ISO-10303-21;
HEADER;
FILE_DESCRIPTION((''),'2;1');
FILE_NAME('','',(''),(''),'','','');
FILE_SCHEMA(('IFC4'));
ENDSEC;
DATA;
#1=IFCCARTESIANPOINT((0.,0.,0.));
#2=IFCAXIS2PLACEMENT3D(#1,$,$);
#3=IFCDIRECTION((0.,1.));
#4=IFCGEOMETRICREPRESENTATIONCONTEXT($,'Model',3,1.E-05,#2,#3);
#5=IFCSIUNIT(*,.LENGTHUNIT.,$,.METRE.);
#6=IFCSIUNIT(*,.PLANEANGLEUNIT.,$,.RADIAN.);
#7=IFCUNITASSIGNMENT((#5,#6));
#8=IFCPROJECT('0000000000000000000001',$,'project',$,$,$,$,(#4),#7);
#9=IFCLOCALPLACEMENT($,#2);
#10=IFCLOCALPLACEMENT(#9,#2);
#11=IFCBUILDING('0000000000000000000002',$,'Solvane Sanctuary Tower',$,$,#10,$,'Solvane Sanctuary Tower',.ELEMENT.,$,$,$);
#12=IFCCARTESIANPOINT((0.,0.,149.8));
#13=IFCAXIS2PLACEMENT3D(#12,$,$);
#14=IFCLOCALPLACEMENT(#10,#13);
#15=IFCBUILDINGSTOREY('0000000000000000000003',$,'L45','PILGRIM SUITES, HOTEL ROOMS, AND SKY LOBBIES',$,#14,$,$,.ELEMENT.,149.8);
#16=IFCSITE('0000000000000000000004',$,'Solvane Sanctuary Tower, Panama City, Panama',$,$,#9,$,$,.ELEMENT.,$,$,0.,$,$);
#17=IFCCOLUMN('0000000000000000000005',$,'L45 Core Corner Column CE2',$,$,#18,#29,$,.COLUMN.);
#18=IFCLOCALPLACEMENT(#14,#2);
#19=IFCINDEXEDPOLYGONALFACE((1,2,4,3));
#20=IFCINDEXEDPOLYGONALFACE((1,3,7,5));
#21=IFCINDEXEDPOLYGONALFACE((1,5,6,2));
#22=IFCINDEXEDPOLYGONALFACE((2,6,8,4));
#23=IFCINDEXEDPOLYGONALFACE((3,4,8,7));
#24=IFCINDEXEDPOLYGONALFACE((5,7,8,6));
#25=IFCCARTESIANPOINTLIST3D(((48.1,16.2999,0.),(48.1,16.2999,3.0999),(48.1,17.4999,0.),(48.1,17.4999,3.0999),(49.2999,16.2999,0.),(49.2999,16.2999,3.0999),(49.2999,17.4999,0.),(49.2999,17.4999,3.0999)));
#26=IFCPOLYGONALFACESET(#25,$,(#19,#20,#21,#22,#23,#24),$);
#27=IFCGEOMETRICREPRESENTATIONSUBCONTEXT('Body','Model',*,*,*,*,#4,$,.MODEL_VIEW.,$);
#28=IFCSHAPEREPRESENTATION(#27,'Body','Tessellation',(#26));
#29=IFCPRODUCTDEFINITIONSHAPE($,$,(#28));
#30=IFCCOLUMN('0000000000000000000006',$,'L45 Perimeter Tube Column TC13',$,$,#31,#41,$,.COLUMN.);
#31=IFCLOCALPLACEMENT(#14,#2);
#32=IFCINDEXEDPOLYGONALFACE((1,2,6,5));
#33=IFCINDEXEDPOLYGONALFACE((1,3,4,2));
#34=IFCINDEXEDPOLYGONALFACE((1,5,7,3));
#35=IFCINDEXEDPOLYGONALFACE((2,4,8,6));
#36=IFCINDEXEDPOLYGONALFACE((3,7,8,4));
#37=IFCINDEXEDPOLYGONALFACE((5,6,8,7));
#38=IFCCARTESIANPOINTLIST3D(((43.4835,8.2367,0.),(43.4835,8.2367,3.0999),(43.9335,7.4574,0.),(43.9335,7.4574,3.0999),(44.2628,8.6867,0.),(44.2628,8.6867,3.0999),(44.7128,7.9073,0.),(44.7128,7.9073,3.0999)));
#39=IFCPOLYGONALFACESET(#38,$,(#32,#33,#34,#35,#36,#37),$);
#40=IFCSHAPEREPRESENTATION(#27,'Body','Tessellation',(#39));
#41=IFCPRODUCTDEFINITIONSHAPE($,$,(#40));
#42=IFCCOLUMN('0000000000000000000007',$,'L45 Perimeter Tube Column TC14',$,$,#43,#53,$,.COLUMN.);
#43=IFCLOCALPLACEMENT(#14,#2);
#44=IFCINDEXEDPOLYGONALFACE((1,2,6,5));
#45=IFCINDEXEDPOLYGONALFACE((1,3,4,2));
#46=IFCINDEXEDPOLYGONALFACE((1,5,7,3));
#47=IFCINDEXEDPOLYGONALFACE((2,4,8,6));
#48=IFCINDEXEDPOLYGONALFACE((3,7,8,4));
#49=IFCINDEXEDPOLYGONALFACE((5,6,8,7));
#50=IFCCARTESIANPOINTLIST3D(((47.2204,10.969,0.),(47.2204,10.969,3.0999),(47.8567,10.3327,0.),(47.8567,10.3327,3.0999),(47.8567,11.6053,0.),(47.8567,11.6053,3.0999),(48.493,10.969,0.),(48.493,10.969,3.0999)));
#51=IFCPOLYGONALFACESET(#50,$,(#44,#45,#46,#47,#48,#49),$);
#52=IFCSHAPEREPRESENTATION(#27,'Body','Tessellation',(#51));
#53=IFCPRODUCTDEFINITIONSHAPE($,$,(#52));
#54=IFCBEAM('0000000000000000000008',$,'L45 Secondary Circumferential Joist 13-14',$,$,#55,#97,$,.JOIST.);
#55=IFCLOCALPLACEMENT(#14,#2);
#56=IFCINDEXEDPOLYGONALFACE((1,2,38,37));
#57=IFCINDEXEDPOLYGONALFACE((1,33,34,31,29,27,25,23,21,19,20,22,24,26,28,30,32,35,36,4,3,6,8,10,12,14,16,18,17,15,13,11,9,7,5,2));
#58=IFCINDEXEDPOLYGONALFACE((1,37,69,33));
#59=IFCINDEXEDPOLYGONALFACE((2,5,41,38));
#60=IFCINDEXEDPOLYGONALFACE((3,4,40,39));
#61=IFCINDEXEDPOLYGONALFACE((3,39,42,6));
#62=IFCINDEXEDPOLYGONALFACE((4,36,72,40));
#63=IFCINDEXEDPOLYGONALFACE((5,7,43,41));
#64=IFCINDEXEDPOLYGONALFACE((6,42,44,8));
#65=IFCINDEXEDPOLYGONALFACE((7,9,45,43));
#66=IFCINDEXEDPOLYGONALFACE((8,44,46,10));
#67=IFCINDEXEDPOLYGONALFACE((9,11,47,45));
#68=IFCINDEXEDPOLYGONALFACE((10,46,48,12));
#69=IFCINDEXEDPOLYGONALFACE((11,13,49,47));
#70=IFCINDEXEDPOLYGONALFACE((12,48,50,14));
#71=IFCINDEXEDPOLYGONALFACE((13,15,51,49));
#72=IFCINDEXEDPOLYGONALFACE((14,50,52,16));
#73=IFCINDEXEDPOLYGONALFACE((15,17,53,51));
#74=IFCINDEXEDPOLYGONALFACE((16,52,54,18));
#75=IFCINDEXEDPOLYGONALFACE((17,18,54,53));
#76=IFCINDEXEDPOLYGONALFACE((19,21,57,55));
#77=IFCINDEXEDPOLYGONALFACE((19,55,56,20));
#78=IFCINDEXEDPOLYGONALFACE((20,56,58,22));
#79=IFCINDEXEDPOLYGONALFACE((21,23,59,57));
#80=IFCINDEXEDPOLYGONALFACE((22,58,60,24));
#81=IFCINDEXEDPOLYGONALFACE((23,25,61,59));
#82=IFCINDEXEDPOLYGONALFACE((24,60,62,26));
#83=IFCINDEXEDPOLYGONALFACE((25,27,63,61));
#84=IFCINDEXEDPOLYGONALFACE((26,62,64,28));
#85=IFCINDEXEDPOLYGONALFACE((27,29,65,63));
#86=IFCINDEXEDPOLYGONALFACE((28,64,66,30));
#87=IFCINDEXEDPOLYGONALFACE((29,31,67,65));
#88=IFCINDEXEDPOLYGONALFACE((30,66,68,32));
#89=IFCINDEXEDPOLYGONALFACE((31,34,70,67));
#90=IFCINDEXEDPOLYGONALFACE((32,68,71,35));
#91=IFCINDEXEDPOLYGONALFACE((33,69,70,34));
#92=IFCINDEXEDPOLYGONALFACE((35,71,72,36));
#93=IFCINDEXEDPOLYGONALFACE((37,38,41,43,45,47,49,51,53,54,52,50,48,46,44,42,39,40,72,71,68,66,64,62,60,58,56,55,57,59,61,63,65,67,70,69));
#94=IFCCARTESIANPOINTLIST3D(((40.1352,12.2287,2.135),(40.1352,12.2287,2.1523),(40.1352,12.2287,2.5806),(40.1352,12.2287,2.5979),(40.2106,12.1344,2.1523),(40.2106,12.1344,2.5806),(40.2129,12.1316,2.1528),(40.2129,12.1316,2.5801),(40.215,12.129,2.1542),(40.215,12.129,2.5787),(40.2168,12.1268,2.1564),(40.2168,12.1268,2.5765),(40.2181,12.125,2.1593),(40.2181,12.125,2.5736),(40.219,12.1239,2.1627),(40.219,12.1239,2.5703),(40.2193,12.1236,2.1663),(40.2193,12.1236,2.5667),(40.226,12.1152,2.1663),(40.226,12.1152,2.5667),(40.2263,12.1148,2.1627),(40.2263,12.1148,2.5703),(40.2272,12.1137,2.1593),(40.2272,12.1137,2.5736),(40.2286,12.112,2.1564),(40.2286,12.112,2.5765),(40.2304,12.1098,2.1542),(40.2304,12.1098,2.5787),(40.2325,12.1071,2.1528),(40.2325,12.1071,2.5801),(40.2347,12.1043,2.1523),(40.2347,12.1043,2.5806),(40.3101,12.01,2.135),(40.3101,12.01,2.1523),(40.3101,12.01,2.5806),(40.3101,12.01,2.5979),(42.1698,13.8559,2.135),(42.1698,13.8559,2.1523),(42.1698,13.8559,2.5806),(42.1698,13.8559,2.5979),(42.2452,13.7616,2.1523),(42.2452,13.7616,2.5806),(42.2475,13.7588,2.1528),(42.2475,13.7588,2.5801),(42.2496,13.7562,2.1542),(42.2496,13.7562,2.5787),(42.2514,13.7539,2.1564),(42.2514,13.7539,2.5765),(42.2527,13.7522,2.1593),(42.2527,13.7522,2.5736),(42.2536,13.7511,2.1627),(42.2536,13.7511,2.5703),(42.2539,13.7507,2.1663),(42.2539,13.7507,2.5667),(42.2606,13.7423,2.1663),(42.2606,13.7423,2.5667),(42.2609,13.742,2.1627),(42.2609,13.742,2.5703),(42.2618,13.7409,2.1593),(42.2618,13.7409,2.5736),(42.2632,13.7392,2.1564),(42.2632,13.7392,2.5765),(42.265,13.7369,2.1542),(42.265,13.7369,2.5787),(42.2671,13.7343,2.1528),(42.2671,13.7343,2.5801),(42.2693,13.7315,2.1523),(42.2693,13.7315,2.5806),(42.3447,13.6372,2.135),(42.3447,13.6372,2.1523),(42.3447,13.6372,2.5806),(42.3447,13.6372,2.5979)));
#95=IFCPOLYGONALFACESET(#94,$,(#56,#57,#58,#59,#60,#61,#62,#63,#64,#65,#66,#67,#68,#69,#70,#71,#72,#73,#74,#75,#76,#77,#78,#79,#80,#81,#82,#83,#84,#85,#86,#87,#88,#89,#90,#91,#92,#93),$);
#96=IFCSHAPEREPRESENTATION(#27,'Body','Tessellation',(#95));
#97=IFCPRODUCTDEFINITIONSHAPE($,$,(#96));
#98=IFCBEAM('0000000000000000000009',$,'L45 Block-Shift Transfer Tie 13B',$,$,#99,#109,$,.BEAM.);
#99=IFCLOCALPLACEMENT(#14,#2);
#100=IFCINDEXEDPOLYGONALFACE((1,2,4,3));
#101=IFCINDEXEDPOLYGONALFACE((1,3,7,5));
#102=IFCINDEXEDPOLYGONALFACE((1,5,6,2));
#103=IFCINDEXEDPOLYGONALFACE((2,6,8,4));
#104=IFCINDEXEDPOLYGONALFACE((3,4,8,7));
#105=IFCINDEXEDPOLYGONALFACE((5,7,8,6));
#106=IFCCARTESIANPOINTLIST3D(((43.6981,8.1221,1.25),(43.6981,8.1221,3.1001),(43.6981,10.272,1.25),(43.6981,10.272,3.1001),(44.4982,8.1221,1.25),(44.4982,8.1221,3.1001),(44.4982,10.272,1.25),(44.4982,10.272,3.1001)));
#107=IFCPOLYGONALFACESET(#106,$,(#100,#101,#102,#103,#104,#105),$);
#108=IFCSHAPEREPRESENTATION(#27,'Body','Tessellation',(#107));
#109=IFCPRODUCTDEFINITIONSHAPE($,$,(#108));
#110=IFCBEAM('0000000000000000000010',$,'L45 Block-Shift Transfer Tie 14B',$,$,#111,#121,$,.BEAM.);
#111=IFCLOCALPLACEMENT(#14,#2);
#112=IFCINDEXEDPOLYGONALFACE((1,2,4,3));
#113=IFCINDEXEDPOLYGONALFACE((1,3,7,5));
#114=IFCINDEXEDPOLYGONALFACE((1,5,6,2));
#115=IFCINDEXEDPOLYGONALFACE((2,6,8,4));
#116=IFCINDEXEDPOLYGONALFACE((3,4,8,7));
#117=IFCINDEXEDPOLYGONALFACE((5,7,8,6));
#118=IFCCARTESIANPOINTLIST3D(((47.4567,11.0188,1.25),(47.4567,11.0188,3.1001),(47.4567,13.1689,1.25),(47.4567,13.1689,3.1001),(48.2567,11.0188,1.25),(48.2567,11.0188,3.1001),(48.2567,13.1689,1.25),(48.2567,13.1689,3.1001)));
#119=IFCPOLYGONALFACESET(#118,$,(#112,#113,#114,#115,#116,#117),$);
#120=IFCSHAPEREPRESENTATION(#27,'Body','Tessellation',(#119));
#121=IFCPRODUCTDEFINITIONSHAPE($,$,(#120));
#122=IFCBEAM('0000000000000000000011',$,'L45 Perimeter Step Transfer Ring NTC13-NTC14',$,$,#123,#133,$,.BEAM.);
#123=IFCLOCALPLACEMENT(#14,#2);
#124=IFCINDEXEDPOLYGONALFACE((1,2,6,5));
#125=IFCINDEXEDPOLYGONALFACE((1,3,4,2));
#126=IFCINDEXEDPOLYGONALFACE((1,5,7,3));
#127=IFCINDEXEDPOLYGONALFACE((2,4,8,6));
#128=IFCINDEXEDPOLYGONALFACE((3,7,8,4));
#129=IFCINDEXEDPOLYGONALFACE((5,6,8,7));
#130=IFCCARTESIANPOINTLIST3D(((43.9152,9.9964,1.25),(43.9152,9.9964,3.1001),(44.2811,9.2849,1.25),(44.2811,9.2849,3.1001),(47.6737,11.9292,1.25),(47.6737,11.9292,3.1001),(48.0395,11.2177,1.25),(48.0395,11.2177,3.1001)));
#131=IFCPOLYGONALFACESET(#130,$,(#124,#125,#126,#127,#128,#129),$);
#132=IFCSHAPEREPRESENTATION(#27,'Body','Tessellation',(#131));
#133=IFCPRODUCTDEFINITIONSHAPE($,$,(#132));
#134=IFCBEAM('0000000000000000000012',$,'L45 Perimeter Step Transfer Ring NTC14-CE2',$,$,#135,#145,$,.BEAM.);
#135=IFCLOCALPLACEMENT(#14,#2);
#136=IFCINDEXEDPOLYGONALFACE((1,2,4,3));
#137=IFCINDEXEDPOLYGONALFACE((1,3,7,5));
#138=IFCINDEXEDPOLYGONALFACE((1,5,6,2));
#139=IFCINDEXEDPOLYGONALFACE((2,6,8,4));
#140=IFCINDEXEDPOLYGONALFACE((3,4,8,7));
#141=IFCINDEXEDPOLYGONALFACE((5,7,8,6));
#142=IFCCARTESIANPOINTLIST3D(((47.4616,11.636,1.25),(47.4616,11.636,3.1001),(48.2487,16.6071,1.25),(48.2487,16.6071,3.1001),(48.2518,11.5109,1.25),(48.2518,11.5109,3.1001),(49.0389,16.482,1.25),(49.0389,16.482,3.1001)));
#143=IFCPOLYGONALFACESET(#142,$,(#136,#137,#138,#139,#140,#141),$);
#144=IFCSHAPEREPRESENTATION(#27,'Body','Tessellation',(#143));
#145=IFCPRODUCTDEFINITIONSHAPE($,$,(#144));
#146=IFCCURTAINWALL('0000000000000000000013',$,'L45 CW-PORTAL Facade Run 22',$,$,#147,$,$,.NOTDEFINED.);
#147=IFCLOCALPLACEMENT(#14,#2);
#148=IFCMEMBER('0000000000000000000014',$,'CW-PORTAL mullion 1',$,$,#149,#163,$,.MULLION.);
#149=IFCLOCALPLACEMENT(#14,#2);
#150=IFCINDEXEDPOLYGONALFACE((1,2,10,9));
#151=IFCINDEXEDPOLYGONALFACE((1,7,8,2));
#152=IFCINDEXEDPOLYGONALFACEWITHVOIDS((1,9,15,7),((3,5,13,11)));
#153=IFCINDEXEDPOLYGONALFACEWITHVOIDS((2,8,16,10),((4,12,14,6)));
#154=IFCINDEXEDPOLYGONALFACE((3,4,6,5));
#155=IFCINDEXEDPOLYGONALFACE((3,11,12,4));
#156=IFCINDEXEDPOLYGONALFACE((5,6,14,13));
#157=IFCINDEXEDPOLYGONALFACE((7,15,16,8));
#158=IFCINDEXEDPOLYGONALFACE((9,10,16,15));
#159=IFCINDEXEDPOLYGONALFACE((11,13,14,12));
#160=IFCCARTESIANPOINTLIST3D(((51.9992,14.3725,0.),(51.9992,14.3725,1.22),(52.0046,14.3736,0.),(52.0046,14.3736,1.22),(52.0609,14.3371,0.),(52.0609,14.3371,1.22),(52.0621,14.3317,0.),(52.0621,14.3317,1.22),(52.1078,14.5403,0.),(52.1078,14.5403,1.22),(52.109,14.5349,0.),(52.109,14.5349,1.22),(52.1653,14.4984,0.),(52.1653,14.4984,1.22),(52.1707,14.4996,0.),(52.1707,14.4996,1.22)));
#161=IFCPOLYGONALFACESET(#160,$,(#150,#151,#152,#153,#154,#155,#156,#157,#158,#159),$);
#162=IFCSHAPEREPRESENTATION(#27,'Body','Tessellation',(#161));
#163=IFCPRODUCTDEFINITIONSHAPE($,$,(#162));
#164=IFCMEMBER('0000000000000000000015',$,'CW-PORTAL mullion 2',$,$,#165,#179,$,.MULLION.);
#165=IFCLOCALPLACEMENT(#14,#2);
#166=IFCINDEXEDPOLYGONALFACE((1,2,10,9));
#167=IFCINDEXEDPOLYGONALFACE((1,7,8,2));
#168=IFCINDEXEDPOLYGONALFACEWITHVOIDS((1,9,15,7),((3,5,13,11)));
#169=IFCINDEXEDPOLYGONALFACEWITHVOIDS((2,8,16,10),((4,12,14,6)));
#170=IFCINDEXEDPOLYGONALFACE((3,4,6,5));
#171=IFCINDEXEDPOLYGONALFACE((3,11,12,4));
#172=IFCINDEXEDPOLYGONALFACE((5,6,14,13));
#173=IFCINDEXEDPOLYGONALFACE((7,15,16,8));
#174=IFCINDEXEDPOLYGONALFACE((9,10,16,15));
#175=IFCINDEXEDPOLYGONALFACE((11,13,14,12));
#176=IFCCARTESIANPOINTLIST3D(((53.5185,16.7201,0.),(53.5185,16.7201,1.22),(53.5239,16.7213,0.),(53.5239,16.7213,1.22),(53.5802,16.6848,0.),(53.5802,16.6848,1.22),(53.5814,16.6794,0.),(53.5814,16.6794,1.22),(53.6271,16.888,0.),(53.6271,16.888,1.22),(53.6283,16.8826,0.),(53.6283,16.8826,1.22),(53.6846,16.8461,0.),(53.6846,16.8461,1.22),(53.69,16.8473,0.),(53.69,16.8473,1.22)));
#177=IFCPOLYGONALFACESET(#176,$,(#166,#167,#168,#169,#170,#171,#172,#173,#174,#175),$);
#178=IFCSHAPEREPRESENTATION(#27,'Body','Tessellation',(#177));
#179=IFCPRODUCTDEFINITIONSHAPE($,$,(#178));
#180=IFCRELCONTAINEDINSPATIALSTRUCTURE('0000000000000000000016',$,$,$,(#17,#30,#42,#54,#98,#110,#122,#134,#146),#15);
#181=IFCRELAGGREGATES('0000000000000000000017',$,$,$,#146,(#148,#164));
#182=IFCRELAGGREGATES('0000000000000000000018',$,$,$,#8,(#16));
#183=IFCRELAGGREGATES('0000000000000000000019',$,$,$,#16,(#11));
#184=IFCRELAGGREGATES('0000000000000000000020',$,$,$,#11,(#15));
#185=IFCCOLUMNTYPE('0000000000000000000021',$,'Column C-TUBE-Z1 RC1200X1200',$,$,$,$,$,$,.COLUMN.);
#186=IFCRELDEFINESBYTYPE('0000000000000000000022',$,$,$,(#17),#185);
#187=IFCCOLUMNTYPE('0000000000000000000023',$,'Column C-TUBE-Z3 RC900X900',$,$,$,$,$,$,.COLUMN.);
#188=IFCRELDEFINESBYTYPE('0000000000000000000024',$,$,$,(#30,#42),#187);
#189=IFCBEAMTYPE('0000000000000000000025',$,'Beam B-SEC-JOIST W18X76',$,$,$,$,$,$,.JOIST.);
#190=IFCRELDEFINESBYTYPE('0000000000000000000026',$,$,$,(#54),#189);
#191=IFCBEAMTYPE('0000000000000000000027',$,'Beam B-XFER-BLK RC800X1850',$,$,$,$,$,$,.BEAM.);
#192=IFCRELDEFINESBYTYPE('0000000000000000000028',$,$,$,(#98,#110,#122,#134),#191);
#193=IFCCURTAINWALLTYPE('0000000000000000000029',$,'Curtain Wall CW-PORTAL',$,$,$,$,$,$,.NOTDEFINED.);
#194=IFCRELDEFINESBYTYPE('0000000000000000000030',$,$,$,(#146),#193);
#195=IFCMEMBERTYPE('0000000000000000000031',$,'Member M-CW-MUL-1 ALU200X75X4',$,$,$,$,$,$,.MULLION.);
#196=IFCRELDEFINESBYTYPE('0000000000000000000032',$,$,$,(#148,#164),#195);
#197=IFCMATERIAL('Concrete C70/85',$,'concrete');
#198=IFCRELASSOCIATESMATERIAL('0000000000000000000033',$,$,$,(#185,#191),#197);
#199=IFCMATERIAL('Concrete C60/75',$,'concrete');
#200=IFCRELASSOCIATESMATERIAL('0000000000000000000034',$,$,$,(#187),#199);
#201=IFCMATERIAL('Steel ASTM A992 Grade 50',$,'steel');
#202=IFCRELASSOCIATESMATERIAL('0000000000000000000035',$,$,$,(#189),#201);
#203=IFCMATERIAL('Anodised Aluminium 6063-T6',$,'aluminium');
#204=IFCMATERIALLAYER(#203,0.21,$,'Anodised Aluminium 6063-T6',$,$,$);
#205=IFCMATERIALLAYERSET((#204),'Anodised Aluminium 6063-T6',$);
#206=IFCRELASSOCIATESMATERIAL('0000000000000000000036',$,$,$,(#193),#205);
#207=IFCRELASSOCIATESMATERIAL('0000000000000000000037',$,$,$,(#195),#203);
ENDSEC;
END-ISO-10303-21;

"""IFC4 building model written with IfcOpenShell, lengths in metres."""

from ifc_helpers import new_model, si_unit, direction, frame, origin, origin_2d, place, context, subcontext, project, spatial, rectangle, hollow_rectangle, i_section, extrude, material, layer, layer_set, material_profile, profile_set, type_object, element, aggregate, save


model = new_model("IFC4")

# Units and contexts
model_context = context("Model", 3, precision=1e-05, world=origin(), true_north=direction((0.0, 1.0)))
body_context = subcontext(model_context, "Body", "Model", "MODEL_VIEW")
ifc_project = project(units=[si_unit("LENGTHUNIT", "METRE"), si_unit("PLANEANGLEUNIT", "RADIAN")], contexts=[model_context])

# Site, building, storey
site_placement = place(None, origin())
site = spatial("IfcSite", under=ifc_project, at=site_placement, Name="Solvane Sanctuary Tower, Panama City, Panama", CompositionType="ELEMENT", RefElevation=0.0)
building_placement = place(site_placement, origin())
building = spatial("IfcBuilding", under=site, at=building_placement, Name="Solvane Sanctuary Tower", LongName="Solvane Sanctuary Tower", CompositionType="ELEMENT")
storey_placement = place(building_placement, frame((0.0, 0.0, 149.8)))
storey = spatial("IfcBuildingStorey", under=building, at=storey_placement, Name="L45", Description="PILGRIM SUITES, HOTEL ROOMS, AND SKY LOBBIES", CompositionType="ELEMENT", Elevation=149.8)

# Columns
ifc_material_1 = material(Name="Concrete C70/85", Category="concrete")
ifc_material_profile_1 = material_profile(ifc_material_1, rectangle(XDim=1.2, YDim=1.2, at=origin_2d()), Name="RC1200X1200")
ifc_profile_set_1 = profile_set([ifc_material_profile_1], Name="Concrete C70/85")
column_type_1 = type_object("IfcColumnType", Name="Column C-TUBE-Z1 RC1200X1200", PredefinedType="COLUMN", material=ifc_profile_set_1)
column_placement = place(storey_placement, frame((48.7, 16.8999, 0.0), z_axis=(0.0, 0.0, 1.0), x_axis=(1.0, 0.0, 0.0)))
element("IfcColumn", 1, at=column_placement, inside=storey, type_object=column_type_1, Name="L45 Core Corner Column CE2", PredefinedType="COLUMN", context=body_context, shape_type="SweptSolid", body=[
    extrude(rectangle(XDim=1.2, YDim=1.2, at=origin_2d()), origin(), (0.0, 0.0, 1.0), 3.0999),
])
ifc_material_2 = material(Name="Concrete C60/75", Category="concrete")
ifc_material_profile_2 = material_profile(ifc_material_2, rectangle(XDim=0.8999, YDim=0.8999, at=origin_2d()), Name="RC900X900")
ifc_profile_set_2 = profile_set([ifc_material_profile_2], Name="Concrete C60/75")
column_type_2 = type_object("IfcColumnType", Name="Column C-TUBE-Z3 RC900X900", PredefinedType="COLUMN", material=ifc_profile_set_2)
for number, where, z_axis, x_axis, name in (
    (2, (44.0981, 8.072, 0.0), (0.0, 0.0, 1.0), (0.5, -0.866025, 0.0), "L45 Perimeter Tube Column TC13"),
    (3, (47.8567, 10.969, 0.0), (0.0, 0.0, 1.0), (0.707107, -0.707107, 0.0), "L45 Perimeter Tube Column TC14"),
):
    element("IfcColumn", number, at=place(storey_placement, frame(where, z_axis=z_axis, x_axis=x_axis)), inside=storey, type_object=column_type_2, Name=name, PredefinedType="COLUMN", context=body_context, shape_type="SweptSolid", body=[
        extrude(rectangle(XDim=0.8999, YDim=0.8999, at=origin_2d()), origin(), (0.0, 0.0, 1.0), 3.0999),
    ])

# Beams
ifc_material_3 = material(Name="Steel ASTM A992 Grade 50", Category="steel")
ifc_material_profile_3 = material_profile(ifc_material_3, i_section(OverallWidth=0.28, OverallDepth=0.4629, WebThickness=0.0107, FlangeThickness=0.0173, FilletRadius=0.0139, at=origin_2d()), Name="W18X76")
ifc_profile_set_3 = profile_set([ifc_material_profile_3], Name="Steel ASTM A992 Grade 50")
beam_type_1 = type_object("IfcBeamType", Name="Beam B-SEC-JOIST W18X76", PredefinedType="JOIST", material=ifc_profile_set_3)
beam_1_placement = place(storey_placement, frame((40.2227, 12.1194, 2.3665), z_axis=(0.780969, 0.624569, 0.0), x_axis=(-0.624569, 0.780969, 0.0)))
element("IfcBeam", 4, at=beam_1_placement, inside=storey, type_object=beam_type_1, Name="L45 Secondary Circumferential Joist 13-14", PredefinedType="JOIST", context=body_context, shape_type="SweptSolid", body=[
    extrude(i_section(OverallWidth=0.28, OverallDepth=0.4629, WebThickness=0.0107, FlangeThickness=0.0173, FilletRadius=0.0139, at=origin_2d()), origin(), (0.0, 0.0, 1.0), 2.6052),
])
ifc_material_profile_4 = material_profile(ifc_material_1, rectangle(XDim=0.8, YDim=1.8501, at=origin_2d()), Name="RC800X1850")
ifc_profile_set_4 = profile_set([ifc_material_profile_4], Name="Concrete C70/85")
beam_type_2 = type_object("IfcBeamType", Name="Beam B-XFER-BLK RC800X1850", PredefinedType="BEAM", material=ifc_profile_set_4)
beam_2_placement = place(storey_placement, frame((44.0981, 8.1221, 2.175), z_axis=(0.0, 1.0, 0.0), x_axis=(-1.0, 0.0, 0.0)))
element("IfcBeam", 5, at=beam_2_placement, inside=storey, type_object=beam_type_2, Name="L45 Block-Shift Transfer Tie 13B", PredefinedType="BEAM", context=body_context, shape_type="SweptSolid", body=[
    extrude(rectangle(XDim=0.8, YDim=1.8501, at=origin_2d()), origin(), (0.0, 0.0, 1.0), 2.1499),
])
beam_3_placement = place(storey_placement, frame((47.8567, 11.0188, 2.175), z_axis=(0.0, 1.0, 0.0), x_axis=(-1.0, 0.0, 0.0)))
element("IfcBeam", 6, at=beam_3_placement, inside=storey, type_object=beam_type_2, Name="L45 Block-Shift Transfer Tie 14B", PredefinedType="BEAM", context=body_context, shape_type="SweptSolid", body=[
    extrude(rectangle(XDim=0.8, YDim=1.8501, at=origin_2d()), origin(), (0.0, 0.0, 1.0), 2.1501),
])
beam_4_placement = place(storey_placement, frame((44.0981, 9.6406, 2.175), z_axis=(0.889298, 0.457328, 0.0), x_axis=(-0.457328, 0.889298, 0.0)))
element("IfcBeam", 7, at=beam_4_placement, inside=storey, type_object=beam_type_2, Name="L45 Perimeter Step Transfer Ring NTC13-NTC14", PredefinedType="BEAM", context=body_context, shape_type="SweptSolid", body=[
    extrude(rectangle(XDim=0.8, YDim=1.8501, at=origin_2d()), origin(), (0.0, 0.0, 1.0), 4.2263),
])
beam_5_placement = place(storey_placement, frame((47.8567, 11.5735, 2.175), z_axis=(0.156394, 0.987695, 0.0), x_axis=(-0.987695, 0.156394, 0.0)))
element("IfcBeam", 8, at=beam_5_placement, inside=storey, type_object=beam_type_2, Name="L45 Perimeter Step Transfer Ring NTC14-CE2", PredefinedType="BEAM", context=body_context, shape_type="SweptSolid", body=[
    extrude(rectangle(XDim=0.8, YDim=1.8501, at=origin_2d()), origin(), (0.0, 0.0, 1.0), 5.033),
])

# Curtain wall, members
ifc_material_4 = material(Name="Anodised Aluminium 6063-T6", Category="aluminium")
ifc_layer_1 = layer(ifc_material_4, 0.21, Name="Anodised Aluminium 6063-T6")
ifc_layer_set_1 = layer_set([ifc_layer_1], Name="Anodised Aluminium 6063-T6")
curtain_wall_type = type_object("IfcCurtainWallType", Name="Curtain Wall CW-PORTAL", PredefinedType="NOTDEFINED", material=ifc_layer_set_1)
curtain_wall_placement = place(storey_placement, origin())
curtain_wall = element("IfcCurtainWall", 9, at=curtain_wall_placement, inside=storey, type_object=curtain_wall_type, Name="L45 CW-PORTAL Facade Run 22", PredefinedType="NOTDEFINED")
ifc_material_profile_5 = material_profile(ifc_material_4, hollow_rectangle(XDim=0.075, YDim=0.2, WallThickness=0.0039, at=origin_2d()), Name="ALU200X75X4")
ifc_profile_set_5 = profile_set([ifc_material_profile_5], Name="Anodised Aluminium 6063-T6")
member_type_1 = type_object("IfcMemberType", Name="Member M-CW-MUL-1 ALU200X75X4", PredefinedType="MULLION", material=ifc_profile_set_5)
member_1_placement = place(storey_placement, frame((52.085, 14.436, 0.0), z_axis=(0.0, 0.0, 1.0), x_axis=(-0.839512, 0.543341, 0.0)))
member_1 = element("IfcMember", 10, at=member_1_placement, type_object=member_type_1, Name="CW-PORTAL mullion 1", PredefinedType="MULLION", context=body_context, shape_type="SweptSolid", body=[
    extrude(hollow_rectangle(XDim=0.075, YDim=0.2, WallThickness=0.0039, at=origin_2d()), origin(), (0.0, 0.0, 1.0), 1.22),
])
member_2_placement = place(storey_placement, frame((53.6042, 16.7837, 0.0), z_axis=(0.0, 0.0, 1.0), x_axis=(-0.839512, 0.543341, 0.0)))
member_2 = element("IfcMember", 11, at=member_2_placement, type_object=member_type_1, Name="CW-PORTAL mullion 2", PredefinedType="MULLION", context=body_context, shape_type="SweptSolid", body=[
    extrude(hollow_rectangle(XDim=0.075, YDim=0.2, WallThickness=0.0039, at=origin_2d()), origin(), (0.0, 0.0, 1.0), 1.22),
])
aggregate(curtain_wall, [member_1, member_2])

save(model, "model.ifc")
